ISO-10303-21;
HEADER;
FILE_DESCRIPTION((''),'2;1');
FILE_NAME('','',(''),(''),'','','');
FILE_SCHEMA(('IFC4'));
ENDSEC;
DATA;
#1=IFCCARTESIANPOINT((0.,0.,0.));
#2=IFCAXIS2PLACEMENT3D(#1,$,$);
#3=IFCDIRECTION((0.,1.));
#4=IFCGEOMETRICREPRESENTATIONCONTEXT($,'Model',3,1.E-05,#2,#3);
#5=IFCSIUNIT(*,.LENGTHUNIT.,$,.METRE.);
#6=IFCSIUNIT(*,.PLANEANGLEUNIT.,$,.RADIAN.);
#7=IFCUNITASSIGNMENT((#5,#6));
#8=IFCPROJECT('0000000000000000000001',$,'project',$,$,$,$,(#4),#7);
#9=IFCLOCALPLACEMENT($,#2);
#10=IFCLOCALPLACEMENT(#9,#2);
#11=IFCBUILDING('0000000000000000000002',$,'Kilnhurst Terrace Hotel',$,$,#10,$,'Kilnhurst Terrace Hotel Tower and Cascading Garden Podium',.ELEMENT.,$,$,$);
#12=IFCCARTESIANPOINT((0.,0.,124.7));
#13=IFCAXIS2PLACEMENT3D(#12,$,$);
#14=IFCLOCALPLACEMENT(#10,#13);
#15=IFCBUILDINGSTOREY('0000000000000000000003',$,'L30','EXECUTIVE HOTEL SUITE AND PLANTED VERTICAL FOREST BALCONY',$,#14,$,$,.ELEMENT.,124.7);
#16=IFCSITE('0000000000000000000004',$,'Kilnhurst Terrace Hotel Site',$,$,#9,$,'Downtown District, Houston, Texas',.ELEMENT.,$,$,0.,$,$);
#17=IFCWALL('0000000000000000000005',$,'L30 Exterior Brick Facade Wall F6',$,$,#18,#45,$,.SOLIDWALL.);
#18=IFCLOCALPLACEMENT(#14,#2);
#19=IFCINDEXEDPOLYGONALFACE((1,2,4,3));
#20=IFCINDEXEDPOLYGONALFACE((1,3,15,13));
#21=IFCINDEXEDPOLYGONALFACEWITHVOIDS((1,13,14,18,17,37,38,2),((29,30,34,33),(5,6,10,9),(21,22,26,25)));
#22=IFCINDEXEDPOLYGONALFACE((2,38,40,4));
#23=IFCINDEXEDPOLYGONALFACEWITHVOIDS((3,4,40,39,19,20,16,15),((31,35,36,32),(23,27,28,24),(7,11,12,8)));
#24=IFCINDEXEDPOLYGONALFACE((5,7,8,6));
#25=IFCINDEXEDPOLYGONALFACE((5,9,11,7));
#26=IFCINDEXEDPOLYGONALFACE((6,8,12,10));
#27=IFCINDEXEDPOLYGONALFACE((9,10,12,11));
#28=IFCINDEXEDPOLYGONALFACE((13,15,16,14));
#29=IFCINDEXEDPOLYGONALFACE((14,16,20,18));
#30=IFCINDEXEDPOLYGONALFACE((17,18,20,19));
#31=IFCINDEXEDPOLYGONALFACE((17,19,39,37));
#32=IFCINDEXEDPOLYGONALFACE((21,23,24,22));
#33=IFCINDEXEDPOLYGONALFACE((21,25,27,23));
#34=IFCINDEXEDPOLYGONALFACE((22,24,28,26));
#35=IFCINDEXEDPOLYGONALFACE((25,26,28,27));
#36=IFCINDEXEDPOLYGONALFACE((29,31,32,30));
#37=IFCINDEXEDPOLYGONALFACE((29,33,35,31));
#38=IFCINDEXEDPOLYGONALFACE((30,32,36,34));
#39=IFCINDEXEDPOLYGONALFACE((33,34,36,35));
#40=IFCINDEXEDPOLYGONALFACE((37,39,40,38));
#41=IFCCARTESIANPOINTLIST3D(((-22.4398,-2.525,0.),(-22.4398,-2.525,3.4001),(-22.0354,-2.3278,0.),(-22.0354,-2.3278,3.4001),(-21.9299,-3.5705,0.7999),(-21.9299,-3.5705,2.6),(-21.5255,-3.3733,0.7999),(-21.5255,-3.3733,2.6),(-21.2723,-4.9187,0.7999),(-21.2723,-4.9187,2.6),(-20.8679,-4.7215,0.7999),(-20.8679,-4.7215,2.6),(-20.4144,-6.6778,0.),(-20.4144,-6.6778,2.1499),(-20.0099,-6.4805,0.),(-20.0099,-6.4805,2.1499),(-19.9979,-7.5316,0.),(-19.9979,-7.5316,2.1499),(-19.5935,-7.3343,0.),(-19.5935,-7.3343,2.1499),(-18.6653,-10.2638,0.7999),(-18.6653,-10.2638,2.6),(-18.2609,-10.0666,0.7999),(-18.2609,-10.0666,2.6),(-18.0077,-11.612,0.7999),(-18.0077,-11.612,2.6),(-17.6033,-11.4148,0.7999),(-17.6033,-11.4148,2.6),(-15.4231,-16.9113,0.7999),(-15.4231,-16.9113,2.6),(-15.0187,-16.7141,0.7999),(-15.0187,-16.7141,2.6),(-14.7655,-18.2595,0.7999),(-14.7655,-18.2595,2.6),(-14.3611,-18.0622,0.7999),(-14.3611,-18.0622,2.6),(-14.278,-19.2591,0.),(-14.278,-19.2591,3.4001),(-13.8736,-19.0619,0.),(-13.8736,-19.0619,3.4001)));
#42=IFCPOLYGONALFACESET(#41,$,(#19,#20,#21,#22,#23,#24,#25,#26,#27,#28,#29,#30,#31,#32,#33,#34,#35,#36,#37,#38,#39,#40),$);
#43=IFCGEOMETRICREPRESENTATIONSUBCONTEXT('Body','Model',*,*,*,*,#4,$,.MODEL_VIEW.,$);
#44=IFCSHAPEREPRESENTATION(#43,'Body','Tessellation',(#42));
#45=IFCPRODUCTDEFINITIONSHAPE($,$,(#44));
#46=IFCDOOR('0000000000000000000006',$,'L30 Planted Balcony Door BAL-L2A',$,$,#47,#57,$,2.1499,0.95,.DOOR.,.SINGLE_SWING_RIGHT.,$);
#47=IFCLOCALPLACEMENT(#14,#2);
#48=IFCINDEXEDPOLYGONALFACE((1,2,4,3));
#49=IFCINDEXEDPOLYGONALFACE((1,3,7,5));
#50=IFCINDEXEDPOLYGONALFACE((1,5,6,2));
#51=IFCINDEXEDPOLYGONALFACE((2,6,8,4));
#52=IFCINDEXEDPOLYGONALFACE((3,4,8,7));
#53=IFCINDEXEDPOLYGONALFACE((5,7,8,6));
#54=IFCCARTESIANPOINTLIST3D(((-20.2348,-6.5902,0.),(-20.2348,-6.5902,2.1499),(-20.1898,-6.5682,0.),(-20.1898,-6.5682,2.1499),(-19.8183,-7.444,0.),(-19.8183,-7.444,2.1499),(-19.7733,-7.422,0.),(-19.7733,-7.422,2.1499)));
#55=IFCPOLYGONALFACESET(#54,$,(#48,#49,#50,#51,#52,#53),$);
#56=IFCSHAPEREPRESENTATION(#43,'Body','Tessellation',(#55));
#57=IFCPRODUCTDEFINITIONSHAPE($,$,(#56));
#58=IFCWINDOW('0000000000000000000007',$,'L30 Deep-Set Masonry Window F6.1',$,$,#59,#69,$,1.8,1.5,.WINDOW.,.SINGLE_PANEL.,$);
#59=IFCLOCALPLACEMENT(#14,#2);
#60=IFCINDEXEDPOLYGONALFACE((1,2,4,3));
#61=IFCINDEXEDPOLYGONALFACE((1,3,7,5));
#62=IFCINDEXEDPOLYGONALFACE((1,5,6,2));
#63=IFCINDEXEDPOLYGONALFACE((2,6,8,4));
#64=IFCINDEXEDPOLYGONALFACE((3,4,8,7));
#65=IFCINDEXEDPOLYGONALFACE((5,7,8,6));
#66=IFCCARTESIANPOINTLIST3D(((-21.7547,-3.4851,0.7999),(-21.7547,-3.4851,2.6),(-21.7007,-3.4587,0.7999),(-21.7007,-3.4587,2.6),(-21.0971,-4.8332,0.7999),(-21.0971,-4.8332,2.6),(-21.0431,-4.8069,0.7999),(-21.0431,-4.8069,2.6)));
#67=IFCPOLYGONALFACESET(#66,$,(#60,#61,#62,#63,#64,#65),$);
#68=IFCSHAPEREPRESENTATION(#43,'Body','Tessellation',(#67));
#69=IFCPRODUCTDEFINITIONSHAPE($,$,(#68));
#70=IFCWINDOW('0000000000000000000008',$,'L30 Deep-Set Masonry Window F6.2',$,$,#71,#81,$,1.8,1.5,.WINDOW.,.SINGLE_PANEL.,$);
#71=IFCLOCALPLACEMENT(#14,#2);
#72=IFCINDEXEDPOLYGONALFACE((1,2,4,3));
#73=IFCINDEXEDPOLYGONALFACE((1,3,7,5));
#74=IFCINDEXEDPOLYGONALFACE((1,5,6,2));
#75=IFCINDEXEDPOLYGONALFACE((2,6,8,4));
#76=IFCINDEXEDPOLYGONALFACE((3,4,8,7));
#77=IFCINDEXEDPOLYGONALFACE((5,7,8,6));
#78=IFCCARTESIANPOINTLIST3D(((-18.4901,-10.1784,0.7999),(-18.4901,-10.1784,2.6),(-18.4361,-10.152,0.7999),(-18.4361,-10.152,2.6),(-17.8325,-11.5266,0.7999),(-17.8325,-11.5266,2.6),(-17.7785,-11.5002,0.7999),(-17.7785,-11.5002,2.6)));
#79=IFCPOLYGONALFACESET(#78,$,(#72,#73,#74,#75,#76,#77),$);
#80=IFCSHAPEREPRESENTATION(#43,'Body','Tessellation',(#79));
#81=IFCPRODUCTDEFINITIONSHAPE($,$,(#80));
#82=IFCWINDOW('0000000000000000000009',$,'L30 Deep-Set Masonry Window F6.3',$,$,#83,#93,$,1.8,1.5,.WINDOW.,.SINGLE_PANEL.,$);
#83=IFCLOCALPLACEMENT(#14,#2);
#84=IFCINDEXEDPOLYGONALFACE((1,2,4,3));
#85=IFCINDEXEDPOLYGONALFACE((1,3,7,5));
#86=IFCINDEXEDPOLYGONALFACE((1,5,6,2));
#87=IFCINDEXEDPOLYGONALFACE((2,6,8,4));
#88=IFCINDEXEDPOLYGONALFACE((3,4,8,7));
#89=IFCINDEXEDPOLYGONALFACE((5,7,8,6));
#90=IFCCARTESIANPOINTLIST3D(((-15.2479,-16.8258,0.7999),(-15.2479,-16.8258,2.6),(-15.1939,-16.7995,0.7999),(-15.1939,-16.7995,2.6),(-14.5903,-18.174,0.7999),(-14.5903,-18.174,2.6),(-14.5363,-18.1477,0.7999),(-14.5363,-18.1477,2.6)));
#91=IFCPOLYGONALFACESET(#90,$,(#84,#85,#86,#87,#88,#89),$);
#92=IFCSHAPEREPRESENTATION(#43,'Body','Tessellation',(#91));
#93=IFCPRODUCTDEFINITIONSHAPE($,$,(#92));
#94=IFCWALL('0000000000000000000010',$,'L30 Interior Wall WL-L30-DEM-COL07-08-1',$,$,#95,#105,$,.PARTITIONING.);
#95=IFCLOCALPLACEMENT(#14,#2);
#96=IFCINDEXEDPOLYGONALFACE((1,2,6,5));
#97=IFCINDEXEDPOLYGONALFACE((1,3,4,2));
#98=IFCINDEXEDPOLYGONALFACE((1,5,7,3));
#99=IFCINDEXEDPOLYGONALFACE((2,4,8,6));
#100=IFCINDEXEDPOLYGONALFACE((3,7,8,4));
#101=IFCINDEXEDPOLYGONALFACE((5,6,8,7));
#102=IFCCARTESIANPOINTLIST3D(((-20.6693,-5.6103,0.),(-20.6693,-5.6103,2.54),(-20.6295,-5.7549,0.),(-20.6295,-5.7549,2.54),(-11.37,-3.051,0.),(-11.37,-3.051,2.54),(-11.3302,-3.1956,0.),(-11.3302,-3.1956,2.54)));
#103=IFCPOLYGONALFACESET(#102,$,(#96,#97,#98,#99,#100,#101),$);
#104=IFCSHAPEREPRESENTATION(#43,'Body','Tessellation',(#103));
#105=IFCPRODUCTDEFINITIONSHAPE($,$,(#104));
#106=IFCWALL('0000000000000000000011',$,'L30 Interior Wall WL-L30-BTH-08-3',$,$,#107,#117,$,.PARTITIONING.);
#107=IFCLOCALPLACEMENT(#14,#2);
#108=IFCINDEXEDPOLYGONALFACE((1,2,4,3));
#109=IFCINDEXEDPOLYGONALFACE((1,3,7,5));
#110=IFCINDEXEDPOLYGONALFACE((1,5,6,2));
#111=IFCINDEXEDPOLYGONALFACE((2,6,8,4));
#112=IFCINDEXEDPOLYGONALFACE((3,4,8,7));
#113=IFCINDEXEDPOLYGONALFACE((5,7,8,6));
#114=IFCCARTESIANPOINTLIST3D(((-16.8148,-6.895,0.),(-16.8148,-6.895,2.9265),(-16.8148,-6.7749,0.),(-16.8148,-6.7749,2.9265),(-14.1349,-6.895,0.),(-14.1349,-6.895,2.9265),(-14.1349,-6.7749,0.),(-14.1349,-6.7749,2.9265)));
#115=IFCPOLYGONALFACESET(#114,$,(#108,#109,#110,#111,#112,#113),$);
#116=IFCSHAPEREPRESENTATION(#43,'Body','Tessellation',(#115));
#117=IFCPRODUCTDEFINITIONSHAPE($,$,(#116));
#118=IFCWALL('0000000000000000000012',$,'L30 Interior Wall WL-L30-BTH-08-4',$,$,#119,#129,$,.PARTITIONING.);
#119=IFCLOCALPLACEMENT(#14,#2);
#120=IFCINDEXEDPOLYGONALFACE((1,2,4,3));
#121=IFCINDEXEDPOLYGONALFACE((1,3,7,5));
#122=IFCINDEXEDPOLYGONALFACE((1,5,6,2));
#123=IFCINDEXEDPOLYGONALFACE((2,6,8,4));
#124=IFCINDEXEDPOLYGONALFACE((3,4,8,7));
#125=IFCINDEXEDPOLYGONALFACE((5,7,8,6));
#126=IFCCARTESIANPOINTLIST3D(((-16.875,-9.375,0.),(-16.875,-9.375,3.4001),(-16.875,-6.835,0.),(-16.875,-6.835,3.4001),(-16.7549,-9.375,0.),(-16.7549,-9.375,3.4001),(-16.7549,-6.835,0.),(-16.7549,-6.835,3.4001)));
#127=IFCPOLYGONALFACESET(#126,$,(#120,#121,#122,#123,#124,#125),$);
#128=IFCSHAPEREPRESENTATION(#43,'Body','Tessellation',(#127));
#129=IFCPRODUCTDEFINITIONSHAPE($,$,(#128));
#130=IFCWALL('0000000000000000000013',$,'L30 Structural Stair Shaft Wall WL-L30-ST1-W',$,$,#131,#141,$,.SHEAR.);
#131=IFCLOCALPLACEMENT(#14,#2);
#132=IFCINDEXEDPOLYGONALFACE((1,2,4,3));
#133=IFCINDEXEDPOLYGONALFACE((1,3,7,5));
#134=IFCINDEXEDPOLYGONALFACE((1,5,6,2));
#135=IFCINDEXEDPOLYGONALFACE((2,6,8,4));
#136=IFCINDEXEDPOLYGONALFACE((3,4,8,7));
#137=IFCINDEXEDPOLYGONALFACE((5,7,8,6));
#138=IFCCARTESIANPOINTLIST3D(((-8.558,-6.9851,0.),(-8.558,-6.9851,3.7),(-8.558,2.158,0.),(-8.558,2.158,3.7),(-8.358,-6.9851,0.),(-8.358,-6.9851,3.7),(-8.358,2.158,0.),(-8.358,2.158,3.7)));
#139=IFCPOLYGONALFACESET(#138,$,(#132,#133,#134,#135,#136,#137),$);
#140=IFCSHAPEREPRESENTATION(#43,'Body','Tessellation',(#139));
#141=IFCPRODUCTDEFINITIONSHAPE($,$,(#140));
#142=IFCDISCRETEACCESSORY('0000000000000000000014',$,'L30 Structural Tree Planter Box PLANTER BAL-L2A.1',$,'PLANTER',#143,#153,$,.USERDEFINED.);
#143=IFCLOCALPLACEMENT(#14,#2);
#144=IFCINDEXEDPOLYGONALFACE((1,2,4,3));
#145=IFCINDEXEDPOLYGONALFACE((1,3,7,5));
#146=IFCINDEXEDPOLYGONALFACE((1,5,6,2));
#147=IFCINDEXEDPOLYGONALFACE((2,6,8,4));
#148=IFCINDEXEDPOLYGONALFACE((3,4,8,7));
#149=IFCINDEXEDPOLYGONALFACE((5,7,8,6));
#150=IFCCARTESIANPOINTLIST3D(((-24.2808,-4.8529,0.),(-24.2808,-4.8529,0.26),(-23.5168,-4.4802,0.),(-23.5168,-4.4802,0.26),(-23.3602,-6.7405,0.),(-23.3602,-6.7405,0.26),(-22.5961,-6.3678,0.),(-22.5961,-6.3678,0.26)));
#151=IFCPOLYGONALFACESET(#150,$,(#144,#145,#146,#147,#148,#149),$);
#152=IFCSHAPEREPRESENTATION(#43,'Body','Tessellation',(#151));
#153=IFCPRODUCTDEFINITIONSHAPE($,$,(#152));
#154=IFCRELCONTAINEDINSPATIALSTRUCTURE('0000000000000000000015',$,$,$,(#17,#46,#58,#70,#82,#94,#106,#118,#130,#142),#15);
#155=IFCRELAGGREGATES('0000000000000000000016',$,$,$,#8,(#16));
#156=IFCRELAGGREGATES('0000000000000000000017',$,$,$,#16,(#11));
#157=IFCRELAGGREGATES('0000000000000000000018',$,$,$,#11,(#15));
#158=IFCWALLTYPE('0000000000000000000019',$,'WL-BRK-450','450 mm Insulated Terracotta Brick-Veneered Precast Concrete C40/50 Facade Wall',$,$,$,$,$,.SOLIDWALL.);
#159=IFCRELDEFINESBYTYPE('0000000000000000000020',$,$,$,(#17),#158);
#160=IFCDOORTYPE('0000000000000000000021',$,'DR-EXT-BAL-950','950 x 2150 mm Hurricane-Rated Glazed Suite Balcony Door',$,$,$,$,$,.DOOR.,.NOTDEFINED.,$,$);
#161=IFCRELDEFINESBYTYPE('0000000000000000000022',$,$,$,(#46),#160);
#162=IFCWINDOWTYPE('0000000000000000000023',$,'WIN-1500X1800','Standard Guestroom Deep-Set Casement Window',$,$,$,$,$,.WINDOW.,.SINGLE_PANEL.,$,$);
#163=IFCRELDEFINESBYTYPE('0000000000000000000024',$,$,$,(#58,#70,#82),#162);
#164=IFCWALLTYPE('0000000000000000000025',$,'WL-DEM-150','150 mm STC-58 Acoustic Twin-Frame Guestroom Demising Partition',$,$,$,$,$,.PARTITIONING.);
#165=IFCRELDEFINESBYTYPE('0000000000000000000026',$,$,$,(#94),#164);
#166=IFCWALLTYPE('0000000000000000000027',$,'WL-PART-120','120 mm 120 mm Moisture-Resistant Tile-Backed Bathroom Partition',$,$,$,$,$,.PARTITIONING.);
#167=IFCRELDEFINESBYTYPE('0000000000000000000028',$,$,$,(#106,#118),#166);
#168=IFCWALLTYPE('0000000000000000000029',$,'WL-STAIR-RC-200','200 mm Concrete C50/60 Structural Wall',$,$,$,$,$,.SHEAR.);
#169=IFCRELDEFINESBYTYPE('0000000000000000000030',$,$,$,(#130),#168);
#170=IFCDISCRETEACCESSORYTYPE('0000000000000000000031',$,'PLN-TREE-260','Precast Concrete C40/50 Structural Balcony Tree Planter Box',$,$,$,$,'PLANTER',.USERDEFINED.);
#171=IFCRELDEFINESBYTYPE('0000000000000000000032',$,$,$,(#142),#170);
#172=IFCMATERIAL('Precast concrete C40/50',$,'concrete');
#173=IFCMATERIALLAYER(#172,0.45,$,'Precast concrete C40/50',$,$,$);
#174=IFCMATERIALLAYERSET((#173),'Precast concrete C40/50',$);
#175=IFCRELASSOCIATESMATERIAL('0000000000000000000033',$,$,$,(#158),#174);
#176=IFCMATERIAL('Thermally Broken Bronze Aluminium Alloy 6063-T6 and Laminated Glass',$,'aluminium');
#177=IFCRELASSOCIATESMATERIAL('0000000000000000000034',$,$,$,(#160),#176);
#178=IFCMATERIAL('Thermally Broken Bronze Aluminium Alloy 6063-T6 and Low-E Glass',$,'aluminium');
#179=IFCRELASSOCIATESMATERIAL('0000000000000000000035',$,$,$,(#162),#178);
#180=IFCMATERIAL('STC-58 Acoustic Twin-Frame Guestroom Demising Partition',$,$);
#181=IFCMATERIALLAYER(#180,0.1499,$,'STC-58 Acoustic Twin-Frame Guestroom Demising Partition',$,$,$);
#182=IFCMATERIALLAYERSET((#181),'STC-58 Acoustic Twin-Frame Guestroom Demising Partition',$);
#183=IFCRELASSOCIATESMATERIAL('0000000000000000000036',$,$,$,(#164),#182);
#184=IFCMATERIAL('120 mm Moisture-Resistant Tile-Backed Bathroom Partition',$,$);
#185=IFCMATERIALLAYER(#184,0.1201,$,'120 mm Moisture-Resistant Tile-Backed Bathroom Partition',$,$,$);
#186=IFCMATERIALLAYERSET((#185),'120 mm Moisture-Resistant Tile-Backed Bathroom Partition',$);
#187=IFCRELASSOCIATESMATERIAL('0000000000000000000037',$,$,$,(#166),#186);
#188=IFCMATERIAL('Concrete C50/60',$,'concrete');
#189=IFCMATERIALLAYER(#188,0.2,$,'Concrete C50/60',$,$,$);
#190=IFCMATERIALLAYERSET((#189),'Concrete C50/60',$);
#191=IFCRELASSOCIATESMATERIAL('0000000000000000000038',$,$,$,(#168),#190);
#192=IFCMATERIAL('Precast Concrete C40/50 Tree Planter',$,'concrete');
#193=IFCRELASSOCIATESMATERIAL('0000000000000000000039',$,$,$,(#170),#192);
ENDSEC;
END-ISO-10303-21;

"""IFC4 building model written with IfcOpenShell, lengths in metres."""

from ifc_helpers import new_model, si_unit, direction, frame, frame_2d, origin, origin_2d, place, context, subcontext, project, spatial, rectangle, extrude, material, layer, layer_set, type_object, element, fill, save


model = new_model("IFC4")

# Units and contexts
model_context = context("Model", 3, precision=1e-05, world=origin(), true_north=direction((0.0, 1.0)))
body_context = subcontext(model_context, "Body", "Model", "MODEL_VIEW")
ifc_project = project(units=[si_unit("LENGTHUNIT", "METRE"), si_unit("PLANEANGLEUNIT", "RADIAN")], contexts=[model_context])

# Site, building, storey
site_placement = place(None, origin())
site = spatial("IfcSite", under=ifc_project, at=site_placement, Name="Kilnhurst Terrace Hotel Site", LongName="Downtown District, Houston, Texas", CompositionType="ELEMENT", RefElevation=0.0)
building_placement = place(site_placement, origin())
building = spatial("IfcBuilding", under=site, at=building_placement, Name="Kilnhurst Terrace Hotel", LongName="Kilnhurst Terrace Hotel Tower and Cascading Garden Podium", CompositionType="ELEMENT")
storey_placement = place(building_placement, frame((0.0, 0.0, 124.7)))
storey = spatial("IfcBuildingStorey", under=building, at=storey_placement, Name="L30", Description="EXECUTIVE HOTEL SUITE AND PLANTED VERTICAL FOREST BALCONY", CompositionType="ELEMENT", Elevation=124.7)

# Shared definitions
ifc_material_1 = material(Name="Concrete C50/60", Category="concrete")

# Shared definitions
ifc_material_2 = material(Name="Precast concrete C40/50", Category="concrete")
ifc_layer_1 = layer(ifc_material_2, 0.45, Name="Precast concrete C40/50")
ifc_layer_set_1 = layer_set([ifc_layer_1], Name="Precast concrete C40/50")
wall_type_1 = type_object("IfcWallType", Name="WL-BRK-450", Description="450 mm Insulated Terracotta Brick-Veneered Precast Concrete C40/50 Facade Wall", PredefinedType="SOLIDWALL", material=ifc_layer_set_1)

# Wall, openings, door, windows
wall_1_placement = place(storey_placement, frame((-22.2375, -2.4265, 0.0), z_axis=(0.0, 0.0, 1.0), x_axis=(0.438375, -0.898792, 0.0)))
wall_1 = element("IfcWall", 1, at=wall_1_placement, inside=storey, type_object=wall_type_1, Name="L30 Exterior Brick Facade Wall F6", PredefinedType="SOLIDWALL", context=body_context, shape_type="SweptSolid", body=[
    extrude(rectangle(XDim=18.6184, YDim=0.45, at=frame_2d((9.3091, 0.0))), origin(), (0.0, 0.0, 1.0), 3.4001),
])
opening_1_placement = place(wall_1_placement, frame((4.6201, 0.0, 0.0)))
opening_1 = element("IfcOpeningElement", 2, at=opening_1_placement, cuts=wall_1, PredefinedType="OPENING", context=body_context, shape_type="SweptSolid", body=[
    extrude(rectangle(XDim=0.95, YDim=2.1499, at=frame_2d((0.4751, 1.075))), frame((0.0, 0.2349, 0.0), z_axis=(0.0, -1.0, 0.0), x_axis=(1.0, 0.0, 0.0)), (0.0, 0.0, 1.0), 0.47),
])
opening_2_placement = place(wall_1_placement, frame((1.1631, 0.0, 0.8)))
opening_2 = element("IfcOpeningElement", 3, at=opening_2_placement, cuts=wall_1, PredefinedType="OPENING", context=body_context, shape_type="SweptSolid", body=[
    extrude(rectangle(XDim=1.5, YDim=1.8, at=frame_2d((0.75, 0.8999))), frame((0.0, 0.2349, 0.0), z_axis=(0.0, -1.0, 0.0), x_axis=(1.0, 0.0, 0.0)), (0.0, 0.0, 1.0), 0.47),
])
opening_3_placement = place(wall_1_placement, frame((8.6101, 0.0, 0.8)))
opening_3 = element("IfcOpeningElement", 4, at=opening_3_placement, cuts=wall_1, PredefinedType="OPENING", context=body_context, shape_type="SweptSolid", body=[
    extrude(rectangle(XDim=1.5, YDim=1.8, at=frame_2d((0.75, 0.8999))), frame((0.0, 0.2349, 0.0), z_axis=(0.0, -1.0, 0.0), x_axis=(1.0, 0.0, 0.0)), (0.0, 0.0, 1.0), 0.47),
])
opening_4_placement = place(wall_1_placement, frame((16.0061, 0.0, 0.8)))
opening_4 = element("IfcOpeningElement", 5, at=opening_4_placement, cuts=wall_1, PredefinedType="OPENING", context=body_context, shape_type="SweptSolid", body=[
    extrude(rectangle(XDim=1.5, YDim=1.8, at=frame_2d((0.75, 0.8999))), frame((0.0, 0.2349, 0.0), z_axis=(0.0, -1.0, 0.0), x_axis=(1.0, 0.0, 0.0)), (0.0, 0.0, 1.0), 0.47),
])
ifc_material_3 = material(Name="Thermally Broken Bronze Aluminium Alloy 6063-T6 and Laminated Glass", Category="aluminium")
door_type_1 = type_object("IfcDoorType", Name="DR-EXT-BAL-950", Description="950 x 2150 mm Hurricane-Rated Glazed Suite Balcony Door", OperationType="NOTDEFINED", PredefinedType="DOOR", material=ifc_material_3)
door_1_placement = place(opening_1_placement, origin())
door_1 = element("IfcDoor", 6, at=door_1_placement, inside=storey, type_object=door_type_1, Name="L30 Planted Balcony Door BAL-L2A", OperationType="SINGLE_SWING_RIGHT", OverallHeight=2.1499, OverallWidth=0.95, PredefinedType="DOOR", context=body_context, shape_type="SweptSolid", body=[
    extrude(rectangle(XDim=0.95, YDim=2.1499, at=frame_2d((0.4751, 1.075))), frame((0.0, 0.0249, 0.0), z_axis=(0.0, -1.0, 0.0), x_axis=(1.0, 0.0, 0.0)), (0.0, 0.0, 1.0), 0.05),
])
fill(opening_1, door_1)
ifc_material_4 = material(Name="Thermally Broken Bronze Aluminium Alloy 6063-T6 and Low-E Glass", Category="aluminium")
window_type = type_object("IfcWindowType", Name="WIN-1500X1800", Description="Standard Guestroom Deep-Set Casement Window", PartitioningType="SINGLE_PANEL", PredefinedType="WINDOW", material=ifc_material_4)
window_1_placement = place(opening_2_placement, origin())
window_1 = element("IfcWindow", 7, at=window_1_placement, inside=storey, type_object=window_type, Name="L30 Deep-Set Masonry Window F6.1", OverallHeight=1.8, OverallWidth=1.5, PartitioningType="SINGLE_PANEL", PredefinedType="WINDOW", context=body_context, shape_type="SweptSolid", body=[
    extrude(rectangle(XDim=1.5, YDim=1.8, at=frame_2d((0.75, 0.8999))), frame((0.0, 0.03, 0.0), z_axis=(0.0, -1.0, 0.0), x_axis=(1.0, 0.0, 0.0)), (0.0, 0.0, 1.0), 0.0601),
])
fill(opening_2, window_1)
window_2_placement = place(opening_3_placement, origin())
window_2 = element("IfcWindow", 8, at=window_2_placement, inside=storey, type_object=window_type, Name="L30 Deep-Set Masonry Window F6.2", OverallHeight=1.8, OverallWidth=1.5, PartitioningType="SINGLE_PANEL", PredefinedType="WINDOW", context=body_context, shape_type="SweptSolid", body=[
    extrude(rectangle(XDim=1.5, YDim=1.8, at=frame_2d((0.75, 0.8999))), frame((0.0, 0.03, 0.0), z_axis=(0.0, -1.0, 0.0), x_axis=(1.0, 0.0, 0.0)), (0.0, 0.0, 1.0), 0.0601),
])
fill(opening_3, window_2)
window_3_placement = place(opening_4_placement, origin())
window_3 = element("IfcWindow", 9, at=window_3_placement, inside=storey, type_object=window_type, Name="L30 Deep-Set Masonry Window F6.3", OverallHeight=1.8, OverallWidth=1.5, PartitioningType="SINGLE_PANEL", PredefinedType="WINDOW", context=body_context, shape_type="SweptSolid", body=[
    extrude(rectangle(XDim=1.5, YDim=1.8, at=frame_2d((0.75, 0.8999))), frame((0.0, 0.03, 0.0), z_axis=(0.0, -1.0, 0.0), x_axis=(1.0, 0.0, 0.0)), (0.0, 0.0, 1.0), 0.0601),
])
fill(opening_4, window_3)

# Walls
ifc_material_5 = material(Name="STC-58 Acoustic Twin-Frame Guestroom Demising Partition")
ifc_layer_2 = layer(ifc_material_5, 0.1499, Name="STC-58 Acoustic Twin-Frame Guestroom Demising Partition")
ifc_layer_set_2 = layer_set([ifc_layer_2], Name="STC-58 Acoustic Twin-Frame Guestroom Demising Partition")
wall_type_2 = type_object("IfcWallType", Name="WL-DEM-150", Description="150 mm STC-58 Acoustic Twin-Frame Guestroom Demising Partition", PredefinedType="PARTITIONING", material=ifc_layer_set_2)
wall_2_placement = place(storey_placement, frame((-11.3501, -3.1233, 0.0), z_axis=(0.0, 0.0, 1.0), x_axis=(-0.964152, -0.265351, 0.0)))
element("IfcWall", 10, at=wall_2_placement, inside=storey, type_object=wall_type_2, Name="L30 Interior Wall WL-L30-DEM-COL07-08-1", PredefinedType="PARTITIONING", context=body_context, shape_type="SweptSolid", body=[
    extrude(rectangle(XDim=9.645, YDim=0.1499, at=frame_2d((4.8225, 0.0))), origin(), (0.0, 0.0, 1.0), 2.54),
])
ifc_material_6 = material(Name="120 mm Moisture-Resistant Tile-Backed Bathroom Partition")
ifc_layer_3 = layer(ifc_material_6, 0.1201, Name="120 mm Moisture-Resistant Tile-Backed Bathroom Partition")
ifc_layer_set_3 = layer_set([ifc_layer_3], Name="120 mm Moisture-Resistant Tile-Backed Bathroom Partition")
wall_type_3 = type_object("IfcWallType", Name="WL-PART-120", Description="120 mm 120 mm Moisture-Resistant Tile-Backed Bathroom Partition", PredefinedType="PARTITIONING", material=ifc_layer_set_3)
wall_3_placement = place(storey_placement, frame((-14.135, -6.835, 0.0), z_axis=(0.0, 0.0, 1.0), x_axis=(-1.0, 0.0, 0.0)))
element("IfcWall", 11, at=wall_3_placement, inside=storey, type_object=wall_type_3, Name="L30 Interior Wall WL-L30-BTH-08-3", PredefinedType="PARTITIONING", context=body_context, shape_type="SweptSolid", body=[
    extrude(rectangle(XDim=2.6799, YDim=0.1201, at=frame_2d((1.3398, 0.0))), origin(), (0.0, 0.0, 1.0), 2.9265),
])
wall_4_placement = place(storey_placement, frame((-16.8149, -6.835, 0.0), z_axis=(0.0, 0.0, 1.0), x_axis=(0.0, -1.0, 0.0)))
element("IfcWall", 12, at=wall_4_placement, inside=storey, type_object=wall_type_3, Name="L30 Interior Wall WL-L30-BTH-08-4", PredefinedType="PARTITIONING", context=body_context, shape_type="SweptSolid", body=[
    extrude(rectangle(XDim=2.54, YDim=0.1201, at=frame_2d((1.27, 0.0))), origin(), (0.0, 0.0, 1.0), 3.4001),
])
ifc_layer_4 = layer(ifc_material_1, 0.2, Name="Concrete C50/60")
ifc_layer_set_4 = layer_set([ifc_layer_4], Name="Concrete C50/60")
wall_type_4 = type_object("IfcWallType", Name="WL-STAIR-RC-200", Description="200 mm Concrete C50/60 Structural Wall", PredefinedType="SHEAR", material=ifc_layer_set_4)
wall_5_placement = place(storey_placement, frame((-8.458, -6.9851, 0.0), z_axis=(0.0, 0.0, 1.0), x_axis=(0.0, 1.0, 0.0)))
element("IfcWall", 13, at=wall_5_placement, inside=storey, type_object=wall_type_4, Name="L30 Structural Stair Shaft Wall WL-L30-ST1-W", PredefinedType="SHEAR", context=body_context, shape_type="SweptSolid", body=[
    extrude(rectangle(XDim=9.1431, YDim=0.2, at=frame_2d((4.5715, 0.0))), origin(), (0.0, 0.0, 1.0), 3.7),
])

# Discrete accessory
ifc_material_7 = material(Name="Precast Concrete C40/50 Tree Planter", Category="concrete")
discrete_accessory_type = type_object("IfcDiscreteAccessoryType", Name="PLN-TREE-260", Description="Precast Concrete C40/50 Structural Balcony Tree Planter Box", ElementType="PLANTER", PredefinedType="USERDEFINED", material=ifc_material_7)
discrete_accessory_placement = place(storey_placement, frame((-23.4385, -5.6104, 0.0), z_axis=(0.0, 0.0, 1.0), x_axis=(0.438387, -0.898786, 0.0)))
element("IfcDiscreteAccessory", 14, at=discrete_accessory_placement, inside=storey, type_object=discrete_accessory_type, Name="L30 Structural Tree Planter Box PLANTER BAL-L2A.1", ObjectType="PLANTER", PredefinedType="USERDEFINED", context=body_context, shape_type="SweptSolid", body=[
    extrude(rectangle(XDim=2.1001, YDim=0.8501, at=origin_2d()), origin(), (0.0, 0.0, 1.0), 0.26),
])

save(model, "model.ifc")
